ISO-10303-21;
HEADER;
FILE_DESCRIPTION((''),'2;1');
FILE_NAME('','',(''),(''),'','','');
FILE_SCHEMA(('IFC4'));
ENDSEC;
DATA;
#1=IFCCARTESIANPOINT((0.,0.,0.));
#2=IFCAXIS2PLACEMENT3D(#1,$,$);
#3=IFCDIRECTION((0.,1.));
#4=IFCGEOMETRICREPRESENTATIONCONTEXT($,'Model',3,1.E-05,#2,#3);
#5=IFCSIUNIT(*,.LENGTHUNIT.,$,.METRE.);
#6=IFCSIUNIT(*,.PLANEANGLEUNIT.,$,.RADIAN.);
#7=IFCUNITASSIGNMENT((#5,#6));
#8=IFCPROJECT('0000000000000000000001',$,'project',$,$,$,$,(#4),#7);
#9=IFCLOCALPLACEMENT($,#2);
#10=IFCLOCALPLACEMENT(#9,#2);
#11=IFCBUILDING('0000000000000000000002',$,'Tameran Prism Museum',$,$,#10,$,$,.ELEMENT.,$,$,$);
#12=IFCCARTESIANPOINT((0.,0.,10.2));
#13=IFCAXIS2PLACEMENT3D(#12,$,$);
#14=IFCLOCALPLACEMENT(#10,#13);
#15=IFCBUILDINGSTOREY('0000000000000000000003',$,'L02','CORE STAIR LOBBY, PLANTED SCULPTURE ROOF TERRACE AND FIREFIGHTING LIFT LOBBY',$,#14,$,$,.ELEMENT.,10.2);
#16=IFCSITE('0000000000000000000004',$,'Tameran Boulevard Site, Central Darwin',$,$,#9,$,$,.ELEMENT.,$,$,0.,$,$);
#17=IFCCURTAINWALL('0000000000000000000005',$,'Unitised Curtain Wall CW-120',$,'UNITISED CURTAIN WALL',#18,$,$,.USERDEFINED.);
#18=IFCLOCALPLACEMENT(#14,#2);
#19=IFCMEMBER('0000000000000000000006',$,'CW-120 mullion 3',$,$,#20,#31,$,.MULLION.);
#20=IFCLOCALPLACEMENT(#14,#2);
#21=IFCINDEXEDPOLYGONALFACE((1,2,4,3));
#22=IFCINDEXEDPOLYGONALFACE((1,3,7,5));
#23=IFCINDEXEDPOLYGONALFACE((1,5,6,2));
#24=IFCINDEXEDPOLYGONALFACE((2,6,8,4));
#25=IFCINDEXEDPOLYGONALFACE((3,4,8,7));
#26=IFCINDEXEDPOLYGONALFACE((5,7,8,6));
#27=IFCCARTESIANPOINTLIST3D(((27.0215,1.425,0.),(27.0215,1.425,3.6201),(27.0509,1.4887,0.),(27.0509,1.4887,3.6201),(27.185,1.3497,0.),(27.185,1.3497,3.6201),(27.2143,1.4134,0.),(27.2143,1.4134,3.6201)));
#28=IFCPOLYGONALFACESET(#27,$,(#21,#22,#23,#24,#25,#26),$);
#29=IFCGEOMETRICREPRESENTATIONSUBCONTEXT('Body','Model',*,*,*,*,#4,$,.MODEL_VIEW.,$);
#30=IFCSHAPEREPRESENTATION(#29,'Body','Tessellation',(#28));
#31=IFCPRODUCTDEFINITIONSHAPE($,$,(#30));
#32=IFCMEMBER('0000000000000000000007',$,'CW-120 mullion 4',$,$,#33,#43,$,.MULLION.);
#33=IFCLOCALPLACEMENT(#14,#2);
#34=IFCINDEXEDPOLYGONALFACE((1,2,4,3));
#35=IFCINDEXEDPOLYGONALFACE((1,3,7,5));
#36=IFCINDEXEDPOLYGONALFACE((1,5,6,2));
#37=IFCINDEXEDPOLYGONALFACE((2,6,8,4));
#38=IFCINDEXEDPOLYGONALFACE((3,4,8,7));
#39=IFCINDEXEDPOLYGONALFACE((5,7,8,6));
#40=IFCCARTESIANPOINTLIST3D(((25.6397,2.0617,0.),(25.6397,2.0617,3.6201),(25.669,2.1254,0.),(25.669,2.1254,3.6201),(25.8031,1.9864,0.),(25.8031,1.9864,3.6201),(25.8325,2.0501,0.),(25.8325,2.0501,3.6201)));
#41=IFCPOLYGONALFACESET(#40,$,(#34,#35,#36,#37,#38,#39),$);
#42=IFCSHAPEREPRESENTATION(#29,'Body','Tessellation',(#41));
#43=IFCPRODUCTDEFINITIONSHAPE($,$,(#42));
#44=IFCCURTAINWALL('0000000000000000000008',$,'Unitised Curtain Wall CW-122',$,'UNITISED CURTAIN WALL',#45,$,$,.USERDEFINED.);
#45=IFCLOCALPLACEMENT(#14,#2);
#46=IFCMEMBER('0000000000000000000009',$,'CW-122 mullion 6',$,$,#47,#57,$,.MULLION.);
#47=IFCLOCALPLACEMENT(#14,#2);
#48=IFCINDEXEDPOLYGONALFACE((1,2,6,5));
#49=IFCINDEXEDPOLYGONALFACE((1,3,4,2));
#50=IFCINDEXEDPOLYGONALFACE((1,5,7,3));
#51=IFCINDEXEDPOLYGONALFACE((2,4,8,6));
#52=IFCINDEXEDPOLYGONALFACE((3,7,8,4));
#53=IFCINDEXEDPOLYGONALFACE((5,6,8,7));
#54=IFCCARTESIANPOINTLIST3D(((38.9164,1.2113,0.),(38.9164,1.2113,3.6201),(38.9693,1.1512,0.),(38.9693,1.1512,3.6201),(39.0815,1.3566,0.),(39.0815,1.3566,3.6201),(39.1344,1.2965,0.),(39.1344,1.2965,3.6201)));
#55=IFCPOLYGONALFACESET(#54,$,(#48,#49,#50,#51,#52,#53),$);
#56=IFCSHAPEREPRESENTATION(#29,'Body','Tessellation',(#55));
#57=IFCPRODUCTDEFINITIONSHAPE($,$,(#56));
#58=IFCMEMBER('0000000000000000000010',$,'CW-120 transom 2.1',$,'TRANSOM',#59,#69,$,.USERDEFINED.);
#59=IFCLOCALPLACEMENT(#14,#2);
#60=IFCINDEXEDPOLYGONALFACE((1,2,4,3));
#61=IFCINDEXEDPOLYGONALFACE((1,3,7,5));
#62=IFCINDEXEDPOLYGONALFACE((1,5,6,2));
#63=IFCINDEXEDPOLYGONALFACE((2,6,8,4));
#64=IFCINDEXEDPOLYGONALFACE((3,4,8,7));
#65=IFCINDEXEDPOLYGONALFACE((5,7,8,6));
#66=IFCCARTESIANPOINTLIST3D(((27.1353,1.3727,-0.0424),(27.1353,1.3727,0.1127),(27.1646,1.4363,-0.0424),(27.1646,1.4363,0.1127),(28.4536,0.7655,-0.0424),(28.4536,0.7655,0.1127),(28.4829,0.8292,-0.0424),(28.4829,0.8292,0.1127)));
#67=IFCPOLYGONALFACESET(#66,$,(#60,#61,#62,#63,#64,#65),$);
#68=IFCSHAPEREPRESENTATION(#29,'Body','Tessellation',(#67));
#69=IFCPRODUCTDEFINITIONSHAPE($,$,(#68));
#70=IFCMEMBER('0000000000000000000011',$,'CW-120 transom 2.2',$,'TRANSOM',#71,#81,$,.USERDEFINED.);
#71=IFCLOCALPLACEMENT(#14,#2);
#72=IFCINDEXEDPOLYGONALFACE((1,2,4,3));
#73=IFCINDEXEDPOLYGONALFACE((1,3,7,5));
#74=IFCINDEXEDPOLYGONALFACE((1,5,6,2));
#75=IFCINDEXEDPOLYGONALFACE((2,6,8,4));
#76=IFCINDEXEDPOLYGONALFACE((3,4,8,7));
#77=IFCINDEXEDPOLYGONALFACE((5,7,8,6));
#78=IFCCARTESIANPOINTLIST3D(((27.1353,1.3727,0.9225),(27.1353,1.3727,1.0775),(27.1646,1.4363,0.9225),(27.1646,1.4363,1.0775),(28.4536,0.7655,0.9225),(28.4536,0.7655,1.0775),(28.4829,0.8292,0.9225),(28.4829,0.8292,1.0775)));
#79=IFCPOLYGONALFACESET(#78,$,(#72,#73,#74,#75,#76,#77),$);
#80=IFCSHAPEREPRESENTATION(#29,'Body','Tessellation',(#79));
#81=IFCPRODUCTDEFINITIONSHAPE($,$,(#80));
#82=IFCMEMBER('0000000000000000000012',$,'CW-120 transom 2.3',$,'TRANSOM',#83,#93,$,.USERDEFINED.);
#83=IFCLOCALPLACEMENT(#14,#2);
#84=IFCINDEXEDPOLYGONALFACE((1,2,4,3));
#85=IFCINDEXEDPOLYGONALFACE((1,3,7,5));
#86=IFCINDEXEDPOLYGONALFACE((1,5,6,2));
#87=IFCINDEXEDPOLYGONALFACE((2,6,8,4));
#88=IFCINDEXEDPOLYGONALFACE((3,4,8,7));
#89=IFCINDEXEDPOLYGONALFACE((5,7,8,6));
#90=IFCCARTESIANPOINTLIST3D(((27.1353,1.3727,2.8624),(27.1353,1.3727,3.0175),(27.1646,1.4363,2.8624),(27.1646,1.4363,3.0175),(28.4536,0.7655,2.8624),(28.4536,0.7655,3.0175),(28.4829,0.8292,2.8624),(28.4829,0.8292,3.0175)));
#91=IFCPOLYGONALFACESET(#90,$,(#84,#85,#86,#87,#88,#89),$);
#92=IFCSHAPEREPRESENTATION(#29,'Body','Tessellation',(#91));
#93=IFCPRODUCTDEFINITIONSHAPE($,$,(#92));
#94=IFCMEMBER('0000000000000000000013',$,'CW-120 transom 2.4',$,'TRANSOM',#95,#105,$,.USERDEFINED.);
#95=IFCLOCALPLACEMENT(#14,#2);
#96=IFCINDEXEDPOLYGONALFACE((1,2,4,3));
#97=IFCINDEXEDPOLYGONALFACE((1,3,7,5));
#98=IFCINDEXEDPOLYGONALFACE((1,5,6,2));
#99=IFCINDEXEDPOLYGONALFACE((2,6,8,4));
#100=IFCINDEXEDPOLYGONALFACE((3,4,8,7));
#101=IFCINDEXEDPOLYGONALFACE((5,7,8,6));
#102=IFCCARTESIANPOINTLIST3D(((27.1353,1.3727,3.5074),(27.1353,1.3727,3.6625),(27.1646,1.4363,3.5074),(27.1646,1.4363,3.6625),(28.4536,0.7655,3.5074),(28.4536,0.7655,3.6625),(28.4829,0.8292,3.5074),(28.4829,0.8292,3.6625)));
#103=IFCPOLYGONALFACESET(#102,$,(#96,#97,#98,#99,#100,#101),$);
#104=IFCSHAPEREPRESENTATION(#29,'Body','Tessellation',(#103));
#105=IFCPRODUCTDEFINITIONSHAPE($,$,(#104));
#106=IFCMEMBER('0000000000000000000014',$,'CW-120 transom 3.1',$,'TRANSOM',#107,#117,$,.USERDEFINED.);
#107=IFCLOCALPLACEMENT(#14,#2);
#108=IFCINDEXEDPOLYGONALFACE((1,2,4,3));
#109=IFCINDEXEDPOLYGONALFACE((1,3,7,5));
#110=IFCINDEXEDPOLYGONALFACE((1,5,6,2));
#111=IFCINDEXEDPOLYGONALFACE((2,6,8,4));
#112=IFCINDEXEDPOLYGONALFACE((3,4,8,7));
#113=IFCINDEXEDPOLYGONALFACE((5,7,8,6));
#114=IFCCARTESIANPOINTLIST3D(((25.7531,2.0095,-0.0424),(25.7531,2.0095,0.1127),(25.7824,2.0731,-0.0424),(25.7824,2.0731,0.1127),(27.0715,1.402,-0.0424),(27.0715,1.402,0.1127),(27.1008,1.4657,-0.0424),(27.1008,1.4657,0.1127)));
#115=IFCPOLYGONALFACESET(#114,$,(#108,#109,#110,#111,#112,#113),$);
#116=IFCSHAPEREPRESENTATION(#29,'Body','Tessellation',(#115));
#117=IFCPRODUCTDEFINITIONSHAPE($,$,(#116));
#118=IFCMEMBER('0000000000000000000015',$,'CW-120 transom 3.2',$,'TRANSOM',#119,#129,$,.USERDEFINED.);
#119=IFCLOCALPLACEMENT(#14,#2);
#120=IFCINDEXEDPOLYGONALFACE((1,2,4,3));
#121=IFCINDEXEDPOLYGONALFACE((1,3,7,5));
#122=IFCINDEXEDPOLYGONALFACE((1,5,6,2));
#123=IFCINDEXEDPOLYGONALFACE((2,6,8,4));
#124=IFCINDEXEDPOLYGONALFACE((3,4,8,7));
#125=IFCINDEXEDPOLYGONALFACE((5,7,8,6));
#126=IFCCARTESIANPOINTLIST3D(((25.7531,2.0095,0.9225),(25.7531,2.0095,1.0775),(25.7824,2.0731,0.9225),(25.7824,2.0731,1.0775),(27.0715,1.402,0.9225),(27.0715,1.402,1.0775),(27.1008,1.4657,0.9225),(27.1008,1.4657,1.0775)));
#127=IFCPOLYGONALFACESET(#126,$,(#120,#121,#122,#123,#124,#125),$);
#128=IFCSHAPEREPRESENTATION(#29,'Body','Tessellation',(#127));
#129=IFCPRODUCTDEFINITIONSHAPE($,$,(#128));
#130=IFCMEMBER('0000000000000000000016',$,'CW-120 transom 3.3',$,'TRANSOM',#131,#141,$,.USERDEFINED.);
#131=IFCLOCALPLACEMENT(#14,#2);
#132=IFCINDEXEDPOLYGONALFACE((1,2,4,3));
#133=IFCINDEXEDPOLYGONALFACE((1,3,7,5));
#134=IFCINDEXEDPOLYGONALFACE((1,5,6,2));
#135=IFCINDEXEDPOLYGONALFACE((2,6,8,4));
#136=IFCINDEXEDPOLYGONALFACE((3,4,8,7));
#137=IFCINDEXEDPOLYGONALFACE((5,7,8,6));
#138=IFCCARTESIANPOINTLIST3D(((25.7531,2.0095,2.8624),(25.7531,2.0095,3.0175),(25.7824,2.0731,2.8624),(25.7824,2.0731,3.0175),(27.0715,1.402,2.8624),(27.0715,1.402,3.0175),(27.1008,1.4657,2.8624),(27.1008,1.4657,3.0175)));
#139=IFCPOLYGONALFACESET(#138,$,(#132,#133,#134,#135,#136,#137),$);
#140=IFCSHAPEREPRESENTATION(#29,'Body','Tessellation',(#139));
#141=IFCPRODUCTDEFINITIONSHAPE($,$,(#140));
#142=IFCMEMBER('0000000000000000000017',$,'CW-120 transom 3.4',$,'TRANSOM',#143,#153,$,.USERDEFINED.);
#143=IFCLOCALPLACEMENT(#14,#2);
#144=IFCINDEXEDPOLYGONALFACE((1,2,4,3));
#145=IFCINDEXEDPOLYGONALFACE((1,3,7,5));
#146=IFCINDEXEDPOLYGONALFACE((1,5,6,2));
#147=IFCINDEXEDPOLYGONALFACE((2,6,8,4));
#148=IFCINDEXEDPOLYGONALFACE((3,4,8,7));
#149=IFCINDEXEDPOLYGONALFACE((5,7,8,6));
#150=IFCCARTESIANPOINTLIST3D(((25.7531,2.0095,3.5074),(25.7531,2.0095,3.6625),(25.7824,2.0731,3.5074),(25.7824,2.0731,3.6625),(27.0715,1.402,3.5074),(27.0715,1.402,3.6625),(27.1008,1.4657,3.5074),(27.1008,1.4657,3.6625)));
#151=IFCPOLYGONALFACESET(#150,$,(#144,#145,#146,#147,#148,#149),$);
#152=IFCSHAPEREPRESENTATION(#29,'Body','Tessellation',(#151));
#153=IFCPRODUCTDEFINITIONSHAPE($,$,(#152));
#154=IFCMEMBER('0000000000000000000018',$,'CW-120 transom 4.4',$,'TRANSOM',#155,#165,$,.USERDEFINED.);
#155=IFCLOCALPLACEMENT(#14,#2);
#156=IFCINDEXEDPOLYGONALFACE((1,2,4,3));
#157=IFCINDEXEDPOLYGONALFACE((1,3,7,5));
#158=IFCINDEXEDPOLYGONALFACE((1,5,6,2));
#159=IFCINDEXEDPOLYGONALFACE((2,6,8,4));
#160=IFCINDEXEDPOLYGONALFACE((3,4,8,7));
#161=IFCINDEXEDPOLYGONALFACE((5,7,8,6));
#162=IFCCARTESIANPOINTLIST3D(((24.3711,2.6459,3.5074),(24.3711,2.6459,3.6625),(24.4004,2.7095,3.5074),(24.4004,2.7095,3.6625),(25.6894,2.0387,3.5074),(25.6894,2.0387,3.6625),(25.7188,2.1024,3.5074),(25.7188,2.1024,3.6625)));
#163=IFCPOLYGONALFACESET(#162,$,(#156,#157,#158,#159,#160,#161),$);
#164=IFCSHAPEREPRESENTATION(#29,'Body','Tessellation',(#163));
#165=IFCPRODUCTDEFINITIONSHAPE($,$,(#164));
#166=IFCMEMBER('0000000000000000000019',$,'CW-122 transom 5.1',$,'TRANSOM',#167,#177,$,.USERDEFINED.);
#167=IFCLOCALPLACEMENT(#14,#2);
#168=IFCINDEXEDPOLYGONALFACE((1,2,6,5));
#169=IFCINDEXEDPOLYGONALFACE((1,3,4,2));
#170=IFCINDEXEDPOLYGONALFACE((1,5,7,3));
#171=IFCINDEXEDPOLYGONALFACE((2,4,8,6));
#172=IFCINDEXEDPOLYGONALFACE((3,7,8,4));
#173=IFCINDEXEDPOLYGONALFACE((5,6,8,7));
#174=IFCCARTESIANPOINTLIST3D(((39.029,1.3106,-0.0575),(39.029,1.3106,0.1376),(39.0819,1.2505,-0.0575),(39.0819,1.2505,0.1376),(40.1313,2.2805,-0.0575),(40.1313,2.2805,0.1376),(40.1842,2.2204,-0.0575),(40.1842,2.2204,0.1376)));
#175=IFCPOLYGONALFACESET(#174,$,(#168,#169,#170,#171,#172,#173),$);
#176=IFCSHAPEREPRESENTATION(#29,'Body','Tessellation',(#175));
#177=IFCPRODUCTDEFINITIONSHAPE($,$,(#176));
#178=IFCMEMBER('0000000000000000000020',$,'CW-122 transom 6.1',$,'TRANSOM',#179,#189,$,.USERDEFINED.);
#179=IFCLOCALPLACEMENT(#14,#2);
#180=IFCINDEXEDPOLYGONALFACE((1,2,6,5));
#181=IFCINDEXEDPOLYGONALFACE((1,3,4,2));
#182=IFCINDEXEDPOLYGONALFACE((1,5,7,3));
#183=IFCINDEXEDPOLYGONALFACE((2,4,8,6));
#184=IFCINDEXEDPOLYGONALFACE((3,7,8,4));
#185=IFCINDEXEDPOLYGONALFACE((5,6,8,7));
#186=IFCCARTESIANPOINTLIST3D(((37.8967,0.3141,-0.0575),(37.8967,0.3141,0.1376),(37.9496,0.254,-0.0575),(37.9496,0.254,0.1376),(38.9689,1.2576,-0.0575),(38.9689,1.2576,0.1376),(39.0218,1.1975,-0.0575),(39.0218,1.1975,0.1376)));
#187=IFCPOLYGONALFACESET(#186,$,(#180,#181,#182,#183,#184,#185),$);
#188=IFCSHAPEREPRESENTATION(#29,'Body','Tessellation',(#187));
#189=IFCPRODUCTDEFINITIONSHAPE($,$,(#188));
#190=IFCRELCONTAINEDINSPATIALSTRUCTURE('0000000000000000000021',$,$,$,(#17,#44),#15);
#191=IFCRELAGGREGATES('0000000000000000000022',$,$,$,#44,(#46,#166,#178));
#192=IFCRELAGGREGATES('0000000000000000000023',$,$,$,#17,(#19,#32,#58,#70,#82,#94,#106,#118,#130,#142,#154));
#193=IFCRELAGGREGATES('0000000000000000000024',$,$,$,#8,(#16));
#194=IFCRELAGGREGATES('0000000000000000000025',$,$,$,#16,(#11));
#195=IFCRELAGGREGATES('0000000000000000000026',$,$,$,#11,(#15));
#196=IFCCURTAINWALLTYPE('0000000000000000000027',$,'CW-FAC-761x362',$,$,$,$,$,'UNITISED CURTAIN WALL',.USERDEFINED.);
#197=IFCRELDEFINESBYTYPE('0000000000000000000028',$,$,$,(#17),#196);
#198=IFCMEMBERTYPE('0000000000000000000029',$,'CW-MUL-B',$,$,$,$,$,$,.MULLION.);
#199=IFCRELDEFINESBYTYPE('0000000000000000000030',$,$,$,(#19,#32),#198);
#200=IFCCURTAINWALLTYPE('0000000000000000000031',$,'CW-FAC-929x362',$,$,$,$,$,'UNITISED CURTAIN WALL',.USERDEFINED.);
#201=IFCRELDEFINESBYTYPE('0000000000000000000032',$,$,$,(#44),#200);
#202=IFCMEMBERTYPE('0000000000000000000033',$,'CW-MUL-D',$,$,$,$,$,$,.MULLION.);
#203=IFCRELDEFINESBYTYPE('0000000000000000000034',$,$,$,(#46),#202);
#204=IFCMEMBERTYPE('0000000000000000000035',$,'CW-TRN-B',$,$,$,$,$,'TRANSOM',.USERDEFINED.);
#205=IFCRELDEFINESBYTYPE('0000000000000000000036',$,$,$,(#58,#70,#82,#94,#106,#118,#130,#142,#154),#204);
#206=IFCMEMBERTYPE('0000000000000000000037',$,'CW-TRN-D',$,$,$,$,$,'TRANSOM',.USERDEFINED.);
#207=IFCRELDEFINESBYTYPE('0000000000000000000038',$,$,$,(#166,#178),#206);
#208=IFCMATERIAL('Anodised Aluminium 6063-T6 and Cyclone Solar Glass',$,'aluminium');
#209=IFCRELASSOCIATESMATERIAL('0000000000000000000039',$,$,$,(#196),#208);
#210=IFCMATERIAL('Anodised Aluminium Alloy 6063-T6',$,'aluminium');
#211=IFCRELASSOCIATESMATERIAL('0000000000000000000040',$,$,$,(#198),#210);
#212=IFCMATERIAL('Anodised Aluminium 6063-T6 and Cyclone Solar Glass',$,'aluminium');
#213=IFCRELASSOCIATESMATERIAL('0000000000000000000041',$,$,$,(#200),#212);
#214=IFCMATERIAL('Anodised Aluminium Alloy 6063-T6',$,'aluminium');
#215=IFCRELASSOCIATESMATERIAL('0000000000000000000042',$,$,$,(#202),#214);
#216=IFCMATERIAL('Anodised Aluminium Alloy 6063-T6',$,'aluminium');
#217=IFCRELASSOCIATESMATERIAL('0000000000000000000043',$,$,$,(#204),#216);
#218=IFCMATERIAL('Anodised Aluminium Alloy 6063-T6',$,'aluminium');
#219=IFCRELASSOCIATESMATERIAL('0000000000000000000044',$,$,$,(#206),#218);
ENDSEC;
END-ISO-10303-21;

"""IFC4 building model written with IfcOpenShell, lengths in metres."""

from ifc_helpers import new_model, si_unit, direction, frame, origin, origin_2d, place, context, subcontext, project, spatial, rectangle, extrude, material, material_profile, profile_set, type_object, element, aggregate, save


model = new_model("IFC4")

# Units and contexts
model_context = context("Model", 3, precision=1e-05, world=origin(), true_north=direction((0.0, 1.0)))
body_context = subcontext(model_context, "Body", "Model", "MODEL_VIEW")
ifc_project = project(units=[si_unit("LENGTHUNIT", "METRE"), si_unit("PLANEANGLEUNIT", "RADIAN")], contexts=[model_context])

# Site, building, storey
site_placement = place(None, origin())
site = spatial("IfcSite", under=ifc_project, at=site_placement, Name="Tameran Boulevard Site, Central Darwin", CompositionType="ELEMENT", RefElevation=0.0)
building_placement = place(site_placement, origin())
building = spatial("IfcBuilding", under=site, at=building_placement, Name="Tameran Prism Museum", CompositionType="ELEMENT")
storey_placement = place(building_placement, frame((0.0, 0.0, 10.2)))
storey = spatial("IfcBuildingStorey", under=building, at=storey_placement, Name="L02", Description="CORE STAIR LOBBY, PLANTED SCULPTURE ROOF TERRACE AND FIREFIGHTING LIFT LOBBY", CompositionType="ELEMENT", Elevation=10.2)

# Curtain wall, members
ifc_material_1 = material(Name="Anodised Aluminium 6063-T6 and Cyclone Solar Glass", Category="aluminium")
curtain_wall_type_1 = type_object("IfcCurtainWallType", Name="CW-FAC-761x362", ElementType="UNITISED CURTAIN WALL", PredefinedType="USERDEFINED", material=ifc_material_1)
curtain_wall_1_placement = place(storey_placement, origin())
curtain_wall_1 = element("IfcCurtainWall", 1, at=curtain_wall_1_placement, inside=storey, type_object=curtain_wall_type_1, Name="Unitised Curtain Wall CW-120", ObjectType="UNITISED CURTAIN WALL", PredefinedType="USERDEFINED")
ifc_material_2 = material(Name="Anodised Aluminium Alloy 6063-T6", Category="aluminium")
ifc_material_profile_1 = material_profile(ifc_material_2, rectangle(XDim=0.0701, YDim=0.1799, at=origin_2d()))
ifc_profile_set_1 = profile_set([ifc_material_profile_1])
member_type_1 = type_object("IfcMemberType", Name="CW-MUL-B", PredefinedType="MULLION", material=ifc_profile_set_1)
member_1_placement = place(storey_placement, frame((27.1179, 1.4192, 0.0), z_axis=(0.0, 0.0, 1.0), x_axis=(-0.418383, -0.908271, 0.0)))
member_1 = element("IfcMember", 2, at=member_1_placement, type_object=member_type_1, Name="CW-120 mullion 3", PredefinedType="MULLION", context=body_context, shape_type="SweptSolid", body=[
    extrude(rectangle(XDim=0.0701, YDim=0.1799, at=origin_2d()), origin(), (0.0, 0.0, 1.0), 3.6201),
])
member_2_placement = place(storey_placement, frame((25.7361, 2.0559, 0.0), z_axis=(0.0, 0.0, 1.0), x_axis=(-0.418383, -0.908271, 0.0)))
member_2 = element("IfcMember", 3, at=member_2_placement, type_object=member_type_1, Name="CW-120 mullion 4", PredefinedType="MULLION", context=body_context, shape_type="SweptSolid", body=[
    extrude(rectangle(XDim=0.0701, YDim=0.1799, at=origin_2d()), origin(), (0.0, 0.0, 1.0), 3.6201),
])

# Curtain wall, member
ifc_material_3 = material(Name="Anodised Aluminium 6063-T6 and Cyclone Solar Glass", Category="aluminium")
curtain_wall_type_2 = type_object("IfcCurtainWallType", Name="CW-FAC-929x362", ElementType="UNITISED CURTAIN WALL", PredefinedType="USERDEFINED", material=ifc_material_3)
curtain_wall_2_placement = place(storey_placement, origin())
curtain_wall_2 = element("IfcCurtainWall", 4, at=curtain_wall_2_placement, inside=storey, type_object=curtain_wall_type_2, Name="Unitised Curtain Wall CW-122", ObjectType="UNITISED CURTAIN WALL", PredefinedType="USERDEFINED")
ifc_material_4 = material(Name="Anodised Aluminium Alloy 6063-T6", Category="aluminium")
ifc_material_profile_2 = material_profile(ifc_material_4, rectangle(XDim=0.0801, YDim=0.22, at=origin_2d()))
ifc_profile_set_2 = profile_set([ifc_material_profile_2])
member_type_2 = type_object("IfcMemberType", Name="CW-MUL-D", PredefinedType="MULLION", material=ifc_profile_set_2)
member_3_placement = place(storey_placement, frame((39.0254, 1.2539, 0.0), z_axis=(0.0, 0.0, 1.0), x_axis=(0.660681, -0.750667, 0.0)))
member_3 = element("IfcMember", 5, at=member_3_placement, type_object=member_type_2, Name="CW-122 mullion 6", PredefinedType="MULLION", context=body_context, shape_type="SweptSolid", body=[
    extrude(rectangle(XDim=0.0801, YDim=0.22, at=origin_2d()), origin(), (0.0, 0.0, 1.0), 3.6201),
])

# Members
ifc_material_5 = material(Name="Anodised Aluminium Alloy 6063-T6", Category="aluminium")
ifc_material_profile_3 = material_profile(ifc_material_5, rectangle(XDim=0.0701, YDim=0.155, at=origin_2d()))
ifc_profile_set_3 = profile_set([ifc_material_profile_3])
member_type_3 = type_object("IfcMemberType", Name="CW-TRN-B", ElementType="TRANSOM", PredefinedType="USERDEFINED", material=ifc_profile_set_3)
member_4_placement = place(storey_placement, frame((28.4683, 0.7974, 0.0352), z_axis=(-0.908299, 0.418322, 0.0), x_axis=(-0.418322, -0.908299, 0.0)))
member_4 = element("IfcMember", 6, at=member_4_placement, type_object=member_type_3, Name="CW-120 transom 2.1", ObjectType="TRANSOM", PredefinedType="USERDEFINED", context=body_context, shape_type="SweptSolid", body=[
    extrude(rectangle(XDim=0.0701, YDim=0.155, at=origin_2d()), origin(), (0.0, 0.0, 1.0), 1.4514),
])
member_5_placement = place(storey_placement, frame((28.4683, 0.7974, 1.0), z_axis=(-0.908299, 0.418322, 0.0), x_axis=(-0.418322, -0.908299, 0.0)))
member_5 = element("IfcMember", 7, at=member_5_placement, type_object=member_type_3, Name="CW-120 transom 2.2", ObjectType="TRANSOM", PredefinedType="USERDEFINED", context=body_context, shape_type="SweptSolid", body=[
    extrude(rectangle(XDim=0.0701, YDim=0.155, at=origin_2d()), origin(), (0.0, 0.0, 1.0), 1.4514),
])
member_6_placement = place(storey_placement, frame((28.4683, 0.7974, 2.9399), z_axis=(-0.908299, 0.418322, 0.0), x_axis=(-0.418322, -0.908299, 0.0)))
member_6 = element("IfcMember", 8, at=member_6_placement, type_object=member_type_3, Name="CW-120 transom 2.3", ObjectType="TRANSOM", PredefinedType="USERDEFINED", context=body_context, shape_type="SweptSolid", body=[
    extrude(rectangle(XDim=0.0701, YDim=0.155, at=origin_2d()), origin(), (0.0, 0.0, 1.0), 1.4514),
])
member_7_placement = place(storey_placement, frame((28.4683, 0.7974, 3.585), z_axis=(-0.908299, 0.418322, 0.0), x_axis=(-0.418322, -0.908299, 0.0)))
member_7 = element("IfcMember", 9, at=member_7_placement, type_object=member_type_3, Name="CW-120 transom 2.4", ObjectType="TRANSOM", PredefinedType="USERDEFINED", context=body_context, shape_type="SweptSolid", body=[
    extrude(rectangle(XDim=0.0701, YDim=0.155, at=origin_2d()), origin(), (0.0, 0.0, 1.0), 1.4514),
])
member_8_placement = place(storey_placement, frame((27.0862, 1.4338, 0.0352), z_axis=(-0.908235, 0.418461, 0.0), x_axis=(-0.418461, -0.908235, 0.0)))
member_8 = element("IfcMember", 10, at=member_8_placement, type_object=member_type_3, Name="CW-120 transom 3.1", ObjectType="TRANSOM", PredefinedType="USERDEFINED", context=body_context, shape_type="SweptSolid", body=[
    extrude(rectangle(XDim=0.0701, YDim=0.155, at=origin_2d()), origin(), (0.0, 0.0, 1.0), 1.4517),
])
member_9_placement = place(storey_placement, frame((27.0862, 1.4338, 1.0), z_axis=(-0.908235, 0.418461, 0.0), x_axis=(-0.418461, -0.908235, 0.0)))
member_9 = element("IfcMember", 11, at=member_9_placement, type_object=member_type_3, Name="CW-120 transom 3.2", ObjectType="TRANSOM", PredefinedType="USERDEFINED", context=body_context, shape_type="SweptSolid", body=[
    extrude(rectangle(XDim=0.0701, YDim=0.155, at=origin_2d()), origin(), (0.0, 0.0, 1.0), 1.4517),
])
member_10_placement = place(storey_placement, frame((27.0862, 1.4338, 2.9399), z_axis=(-0.908235, 0.418461, 0.0), x_axis=(-0.418461, -0.908235, 0.0)))
member_10 = element("IfcMember", 12, at=member_10_placement, type_object=member_type_3, Name="CW-120 transom 3.3", ObjectType="TRANSOM", PredefinedType="USERDEFINED", context=body_context, shape_type="SweptSolid", body=[
    extrude(rectangle(XDim=0.0701, YDim=0.155, at=origin_2d()), origin(), (0.0, 0.0, 1.0), 1.4517),
])
member_11_placement = place(storey_placement, frame((27.0862, 1.4338, 3.585), z_axis=(-0.908235, 0.418461, 0.0), x_axis=(-0.418461, -0.908235, 0.0)))
member_11 = element("IfcMember", 13, at=member_11_placement, type_object=member_type_3, Name="CW-120 transom 3.4", ObjectType="TRANSOM", PredefinedType="USERDEFINED", context=body_context, shape_type="SweptSolid", body=[
    extrude(rectangle(XDim=0.0701, YDim=0.155, at=origin_2d()), origin(), (0.0, 0.0, 1.0), 1.4517),
])
member_12_placement = place(storey_placement, frame((25.7041, 2.0706, 3.585), z_axis=(-0.908299, 0.418322, 0.0), x_axis=(-0.418322, -0.908299, 0.0)))
member_12 = element("IfcMember", 14, at=member_12_placement, type_object=member_type_3, Name="CW-120 transom 4.4", ObjectType="TRANSOM", PredefinedType="USERDEFINED", context=body_context, shape_type="SweptSolid", body=[
    extrude(rectangle(XDim=0.0701, YDim=0.155, at=origin_2d()), origin(), (0.0, 0.0, 1.0), 1.4514),
])
ifc_material_6 = material(Name="Anodised Aluminium Alloy 6063-T6", Category="aluminium")
ifc_material_profile_4 = material_profile(ifc_material_6, rectangle(XDim=0.0801, YDim=0.1951, at=origin_2d()))
ifc_profile_set_4 = profile_set([ifc_material_profile_4])
member_type_4 = type_object("IfcMemberType", Name="CW-TRN-D", ElementType="TRANSOM", PredefinedType="USERDEFINED", material=ifc_profile_set_4)
member_13_placement = place(storey_placement, frame((40.1577, 2.2505, 0.04), z_axis=(-0.75073, -0.660609, 0.0), x_axis=(0.660609, -0.75073, 0.0)))
member_13 = element("IfcMember", 15, at=member_13_placement, type_object=member_type_4, Name="CW-122 transom 5.1", ObjectType="TRANSOM", PredefinedType="USERDEFINED", context=body_context, shape_type="SweptSolid", body=[
    extrude(rectangle(XDim=0.0801, YDim=0.1951, at=origin_2d()), origin(), (0.0, 0.0, 1.0), 1.4683),
])
member_14_placement = place(storey_placement, frame((38.9954, 1.2275, 0.04), z_axis=(-0.75071, -0.660632, 0.0), x_axis=(0.660632, -0.75071, 0.0)))
member_14 = element("IfcMember", 16, at=member_14_placement, type_object=member_type_4, Name="CW-122 transom 6.1", ObjectType="TRANSOM", PredefinedType="USERDEFINED", context=body_context, shape_type="SweptSolid", body=[
    extrude(rectangle(XDim=0.0801, YDim=0.1951, at=origin_2d()), origin(), (0.0, 0.0, 1.0), 1.4282),
])

aggregate(curtain_wall_2, [member_3, member_13, member_14])
aggregate(curtain_wall_1, [member_1, member_2, member_4, member_5, member_6, member_7, member_8, member_9, member_10, member_11, member_12])

save(model, "model.ifc")
